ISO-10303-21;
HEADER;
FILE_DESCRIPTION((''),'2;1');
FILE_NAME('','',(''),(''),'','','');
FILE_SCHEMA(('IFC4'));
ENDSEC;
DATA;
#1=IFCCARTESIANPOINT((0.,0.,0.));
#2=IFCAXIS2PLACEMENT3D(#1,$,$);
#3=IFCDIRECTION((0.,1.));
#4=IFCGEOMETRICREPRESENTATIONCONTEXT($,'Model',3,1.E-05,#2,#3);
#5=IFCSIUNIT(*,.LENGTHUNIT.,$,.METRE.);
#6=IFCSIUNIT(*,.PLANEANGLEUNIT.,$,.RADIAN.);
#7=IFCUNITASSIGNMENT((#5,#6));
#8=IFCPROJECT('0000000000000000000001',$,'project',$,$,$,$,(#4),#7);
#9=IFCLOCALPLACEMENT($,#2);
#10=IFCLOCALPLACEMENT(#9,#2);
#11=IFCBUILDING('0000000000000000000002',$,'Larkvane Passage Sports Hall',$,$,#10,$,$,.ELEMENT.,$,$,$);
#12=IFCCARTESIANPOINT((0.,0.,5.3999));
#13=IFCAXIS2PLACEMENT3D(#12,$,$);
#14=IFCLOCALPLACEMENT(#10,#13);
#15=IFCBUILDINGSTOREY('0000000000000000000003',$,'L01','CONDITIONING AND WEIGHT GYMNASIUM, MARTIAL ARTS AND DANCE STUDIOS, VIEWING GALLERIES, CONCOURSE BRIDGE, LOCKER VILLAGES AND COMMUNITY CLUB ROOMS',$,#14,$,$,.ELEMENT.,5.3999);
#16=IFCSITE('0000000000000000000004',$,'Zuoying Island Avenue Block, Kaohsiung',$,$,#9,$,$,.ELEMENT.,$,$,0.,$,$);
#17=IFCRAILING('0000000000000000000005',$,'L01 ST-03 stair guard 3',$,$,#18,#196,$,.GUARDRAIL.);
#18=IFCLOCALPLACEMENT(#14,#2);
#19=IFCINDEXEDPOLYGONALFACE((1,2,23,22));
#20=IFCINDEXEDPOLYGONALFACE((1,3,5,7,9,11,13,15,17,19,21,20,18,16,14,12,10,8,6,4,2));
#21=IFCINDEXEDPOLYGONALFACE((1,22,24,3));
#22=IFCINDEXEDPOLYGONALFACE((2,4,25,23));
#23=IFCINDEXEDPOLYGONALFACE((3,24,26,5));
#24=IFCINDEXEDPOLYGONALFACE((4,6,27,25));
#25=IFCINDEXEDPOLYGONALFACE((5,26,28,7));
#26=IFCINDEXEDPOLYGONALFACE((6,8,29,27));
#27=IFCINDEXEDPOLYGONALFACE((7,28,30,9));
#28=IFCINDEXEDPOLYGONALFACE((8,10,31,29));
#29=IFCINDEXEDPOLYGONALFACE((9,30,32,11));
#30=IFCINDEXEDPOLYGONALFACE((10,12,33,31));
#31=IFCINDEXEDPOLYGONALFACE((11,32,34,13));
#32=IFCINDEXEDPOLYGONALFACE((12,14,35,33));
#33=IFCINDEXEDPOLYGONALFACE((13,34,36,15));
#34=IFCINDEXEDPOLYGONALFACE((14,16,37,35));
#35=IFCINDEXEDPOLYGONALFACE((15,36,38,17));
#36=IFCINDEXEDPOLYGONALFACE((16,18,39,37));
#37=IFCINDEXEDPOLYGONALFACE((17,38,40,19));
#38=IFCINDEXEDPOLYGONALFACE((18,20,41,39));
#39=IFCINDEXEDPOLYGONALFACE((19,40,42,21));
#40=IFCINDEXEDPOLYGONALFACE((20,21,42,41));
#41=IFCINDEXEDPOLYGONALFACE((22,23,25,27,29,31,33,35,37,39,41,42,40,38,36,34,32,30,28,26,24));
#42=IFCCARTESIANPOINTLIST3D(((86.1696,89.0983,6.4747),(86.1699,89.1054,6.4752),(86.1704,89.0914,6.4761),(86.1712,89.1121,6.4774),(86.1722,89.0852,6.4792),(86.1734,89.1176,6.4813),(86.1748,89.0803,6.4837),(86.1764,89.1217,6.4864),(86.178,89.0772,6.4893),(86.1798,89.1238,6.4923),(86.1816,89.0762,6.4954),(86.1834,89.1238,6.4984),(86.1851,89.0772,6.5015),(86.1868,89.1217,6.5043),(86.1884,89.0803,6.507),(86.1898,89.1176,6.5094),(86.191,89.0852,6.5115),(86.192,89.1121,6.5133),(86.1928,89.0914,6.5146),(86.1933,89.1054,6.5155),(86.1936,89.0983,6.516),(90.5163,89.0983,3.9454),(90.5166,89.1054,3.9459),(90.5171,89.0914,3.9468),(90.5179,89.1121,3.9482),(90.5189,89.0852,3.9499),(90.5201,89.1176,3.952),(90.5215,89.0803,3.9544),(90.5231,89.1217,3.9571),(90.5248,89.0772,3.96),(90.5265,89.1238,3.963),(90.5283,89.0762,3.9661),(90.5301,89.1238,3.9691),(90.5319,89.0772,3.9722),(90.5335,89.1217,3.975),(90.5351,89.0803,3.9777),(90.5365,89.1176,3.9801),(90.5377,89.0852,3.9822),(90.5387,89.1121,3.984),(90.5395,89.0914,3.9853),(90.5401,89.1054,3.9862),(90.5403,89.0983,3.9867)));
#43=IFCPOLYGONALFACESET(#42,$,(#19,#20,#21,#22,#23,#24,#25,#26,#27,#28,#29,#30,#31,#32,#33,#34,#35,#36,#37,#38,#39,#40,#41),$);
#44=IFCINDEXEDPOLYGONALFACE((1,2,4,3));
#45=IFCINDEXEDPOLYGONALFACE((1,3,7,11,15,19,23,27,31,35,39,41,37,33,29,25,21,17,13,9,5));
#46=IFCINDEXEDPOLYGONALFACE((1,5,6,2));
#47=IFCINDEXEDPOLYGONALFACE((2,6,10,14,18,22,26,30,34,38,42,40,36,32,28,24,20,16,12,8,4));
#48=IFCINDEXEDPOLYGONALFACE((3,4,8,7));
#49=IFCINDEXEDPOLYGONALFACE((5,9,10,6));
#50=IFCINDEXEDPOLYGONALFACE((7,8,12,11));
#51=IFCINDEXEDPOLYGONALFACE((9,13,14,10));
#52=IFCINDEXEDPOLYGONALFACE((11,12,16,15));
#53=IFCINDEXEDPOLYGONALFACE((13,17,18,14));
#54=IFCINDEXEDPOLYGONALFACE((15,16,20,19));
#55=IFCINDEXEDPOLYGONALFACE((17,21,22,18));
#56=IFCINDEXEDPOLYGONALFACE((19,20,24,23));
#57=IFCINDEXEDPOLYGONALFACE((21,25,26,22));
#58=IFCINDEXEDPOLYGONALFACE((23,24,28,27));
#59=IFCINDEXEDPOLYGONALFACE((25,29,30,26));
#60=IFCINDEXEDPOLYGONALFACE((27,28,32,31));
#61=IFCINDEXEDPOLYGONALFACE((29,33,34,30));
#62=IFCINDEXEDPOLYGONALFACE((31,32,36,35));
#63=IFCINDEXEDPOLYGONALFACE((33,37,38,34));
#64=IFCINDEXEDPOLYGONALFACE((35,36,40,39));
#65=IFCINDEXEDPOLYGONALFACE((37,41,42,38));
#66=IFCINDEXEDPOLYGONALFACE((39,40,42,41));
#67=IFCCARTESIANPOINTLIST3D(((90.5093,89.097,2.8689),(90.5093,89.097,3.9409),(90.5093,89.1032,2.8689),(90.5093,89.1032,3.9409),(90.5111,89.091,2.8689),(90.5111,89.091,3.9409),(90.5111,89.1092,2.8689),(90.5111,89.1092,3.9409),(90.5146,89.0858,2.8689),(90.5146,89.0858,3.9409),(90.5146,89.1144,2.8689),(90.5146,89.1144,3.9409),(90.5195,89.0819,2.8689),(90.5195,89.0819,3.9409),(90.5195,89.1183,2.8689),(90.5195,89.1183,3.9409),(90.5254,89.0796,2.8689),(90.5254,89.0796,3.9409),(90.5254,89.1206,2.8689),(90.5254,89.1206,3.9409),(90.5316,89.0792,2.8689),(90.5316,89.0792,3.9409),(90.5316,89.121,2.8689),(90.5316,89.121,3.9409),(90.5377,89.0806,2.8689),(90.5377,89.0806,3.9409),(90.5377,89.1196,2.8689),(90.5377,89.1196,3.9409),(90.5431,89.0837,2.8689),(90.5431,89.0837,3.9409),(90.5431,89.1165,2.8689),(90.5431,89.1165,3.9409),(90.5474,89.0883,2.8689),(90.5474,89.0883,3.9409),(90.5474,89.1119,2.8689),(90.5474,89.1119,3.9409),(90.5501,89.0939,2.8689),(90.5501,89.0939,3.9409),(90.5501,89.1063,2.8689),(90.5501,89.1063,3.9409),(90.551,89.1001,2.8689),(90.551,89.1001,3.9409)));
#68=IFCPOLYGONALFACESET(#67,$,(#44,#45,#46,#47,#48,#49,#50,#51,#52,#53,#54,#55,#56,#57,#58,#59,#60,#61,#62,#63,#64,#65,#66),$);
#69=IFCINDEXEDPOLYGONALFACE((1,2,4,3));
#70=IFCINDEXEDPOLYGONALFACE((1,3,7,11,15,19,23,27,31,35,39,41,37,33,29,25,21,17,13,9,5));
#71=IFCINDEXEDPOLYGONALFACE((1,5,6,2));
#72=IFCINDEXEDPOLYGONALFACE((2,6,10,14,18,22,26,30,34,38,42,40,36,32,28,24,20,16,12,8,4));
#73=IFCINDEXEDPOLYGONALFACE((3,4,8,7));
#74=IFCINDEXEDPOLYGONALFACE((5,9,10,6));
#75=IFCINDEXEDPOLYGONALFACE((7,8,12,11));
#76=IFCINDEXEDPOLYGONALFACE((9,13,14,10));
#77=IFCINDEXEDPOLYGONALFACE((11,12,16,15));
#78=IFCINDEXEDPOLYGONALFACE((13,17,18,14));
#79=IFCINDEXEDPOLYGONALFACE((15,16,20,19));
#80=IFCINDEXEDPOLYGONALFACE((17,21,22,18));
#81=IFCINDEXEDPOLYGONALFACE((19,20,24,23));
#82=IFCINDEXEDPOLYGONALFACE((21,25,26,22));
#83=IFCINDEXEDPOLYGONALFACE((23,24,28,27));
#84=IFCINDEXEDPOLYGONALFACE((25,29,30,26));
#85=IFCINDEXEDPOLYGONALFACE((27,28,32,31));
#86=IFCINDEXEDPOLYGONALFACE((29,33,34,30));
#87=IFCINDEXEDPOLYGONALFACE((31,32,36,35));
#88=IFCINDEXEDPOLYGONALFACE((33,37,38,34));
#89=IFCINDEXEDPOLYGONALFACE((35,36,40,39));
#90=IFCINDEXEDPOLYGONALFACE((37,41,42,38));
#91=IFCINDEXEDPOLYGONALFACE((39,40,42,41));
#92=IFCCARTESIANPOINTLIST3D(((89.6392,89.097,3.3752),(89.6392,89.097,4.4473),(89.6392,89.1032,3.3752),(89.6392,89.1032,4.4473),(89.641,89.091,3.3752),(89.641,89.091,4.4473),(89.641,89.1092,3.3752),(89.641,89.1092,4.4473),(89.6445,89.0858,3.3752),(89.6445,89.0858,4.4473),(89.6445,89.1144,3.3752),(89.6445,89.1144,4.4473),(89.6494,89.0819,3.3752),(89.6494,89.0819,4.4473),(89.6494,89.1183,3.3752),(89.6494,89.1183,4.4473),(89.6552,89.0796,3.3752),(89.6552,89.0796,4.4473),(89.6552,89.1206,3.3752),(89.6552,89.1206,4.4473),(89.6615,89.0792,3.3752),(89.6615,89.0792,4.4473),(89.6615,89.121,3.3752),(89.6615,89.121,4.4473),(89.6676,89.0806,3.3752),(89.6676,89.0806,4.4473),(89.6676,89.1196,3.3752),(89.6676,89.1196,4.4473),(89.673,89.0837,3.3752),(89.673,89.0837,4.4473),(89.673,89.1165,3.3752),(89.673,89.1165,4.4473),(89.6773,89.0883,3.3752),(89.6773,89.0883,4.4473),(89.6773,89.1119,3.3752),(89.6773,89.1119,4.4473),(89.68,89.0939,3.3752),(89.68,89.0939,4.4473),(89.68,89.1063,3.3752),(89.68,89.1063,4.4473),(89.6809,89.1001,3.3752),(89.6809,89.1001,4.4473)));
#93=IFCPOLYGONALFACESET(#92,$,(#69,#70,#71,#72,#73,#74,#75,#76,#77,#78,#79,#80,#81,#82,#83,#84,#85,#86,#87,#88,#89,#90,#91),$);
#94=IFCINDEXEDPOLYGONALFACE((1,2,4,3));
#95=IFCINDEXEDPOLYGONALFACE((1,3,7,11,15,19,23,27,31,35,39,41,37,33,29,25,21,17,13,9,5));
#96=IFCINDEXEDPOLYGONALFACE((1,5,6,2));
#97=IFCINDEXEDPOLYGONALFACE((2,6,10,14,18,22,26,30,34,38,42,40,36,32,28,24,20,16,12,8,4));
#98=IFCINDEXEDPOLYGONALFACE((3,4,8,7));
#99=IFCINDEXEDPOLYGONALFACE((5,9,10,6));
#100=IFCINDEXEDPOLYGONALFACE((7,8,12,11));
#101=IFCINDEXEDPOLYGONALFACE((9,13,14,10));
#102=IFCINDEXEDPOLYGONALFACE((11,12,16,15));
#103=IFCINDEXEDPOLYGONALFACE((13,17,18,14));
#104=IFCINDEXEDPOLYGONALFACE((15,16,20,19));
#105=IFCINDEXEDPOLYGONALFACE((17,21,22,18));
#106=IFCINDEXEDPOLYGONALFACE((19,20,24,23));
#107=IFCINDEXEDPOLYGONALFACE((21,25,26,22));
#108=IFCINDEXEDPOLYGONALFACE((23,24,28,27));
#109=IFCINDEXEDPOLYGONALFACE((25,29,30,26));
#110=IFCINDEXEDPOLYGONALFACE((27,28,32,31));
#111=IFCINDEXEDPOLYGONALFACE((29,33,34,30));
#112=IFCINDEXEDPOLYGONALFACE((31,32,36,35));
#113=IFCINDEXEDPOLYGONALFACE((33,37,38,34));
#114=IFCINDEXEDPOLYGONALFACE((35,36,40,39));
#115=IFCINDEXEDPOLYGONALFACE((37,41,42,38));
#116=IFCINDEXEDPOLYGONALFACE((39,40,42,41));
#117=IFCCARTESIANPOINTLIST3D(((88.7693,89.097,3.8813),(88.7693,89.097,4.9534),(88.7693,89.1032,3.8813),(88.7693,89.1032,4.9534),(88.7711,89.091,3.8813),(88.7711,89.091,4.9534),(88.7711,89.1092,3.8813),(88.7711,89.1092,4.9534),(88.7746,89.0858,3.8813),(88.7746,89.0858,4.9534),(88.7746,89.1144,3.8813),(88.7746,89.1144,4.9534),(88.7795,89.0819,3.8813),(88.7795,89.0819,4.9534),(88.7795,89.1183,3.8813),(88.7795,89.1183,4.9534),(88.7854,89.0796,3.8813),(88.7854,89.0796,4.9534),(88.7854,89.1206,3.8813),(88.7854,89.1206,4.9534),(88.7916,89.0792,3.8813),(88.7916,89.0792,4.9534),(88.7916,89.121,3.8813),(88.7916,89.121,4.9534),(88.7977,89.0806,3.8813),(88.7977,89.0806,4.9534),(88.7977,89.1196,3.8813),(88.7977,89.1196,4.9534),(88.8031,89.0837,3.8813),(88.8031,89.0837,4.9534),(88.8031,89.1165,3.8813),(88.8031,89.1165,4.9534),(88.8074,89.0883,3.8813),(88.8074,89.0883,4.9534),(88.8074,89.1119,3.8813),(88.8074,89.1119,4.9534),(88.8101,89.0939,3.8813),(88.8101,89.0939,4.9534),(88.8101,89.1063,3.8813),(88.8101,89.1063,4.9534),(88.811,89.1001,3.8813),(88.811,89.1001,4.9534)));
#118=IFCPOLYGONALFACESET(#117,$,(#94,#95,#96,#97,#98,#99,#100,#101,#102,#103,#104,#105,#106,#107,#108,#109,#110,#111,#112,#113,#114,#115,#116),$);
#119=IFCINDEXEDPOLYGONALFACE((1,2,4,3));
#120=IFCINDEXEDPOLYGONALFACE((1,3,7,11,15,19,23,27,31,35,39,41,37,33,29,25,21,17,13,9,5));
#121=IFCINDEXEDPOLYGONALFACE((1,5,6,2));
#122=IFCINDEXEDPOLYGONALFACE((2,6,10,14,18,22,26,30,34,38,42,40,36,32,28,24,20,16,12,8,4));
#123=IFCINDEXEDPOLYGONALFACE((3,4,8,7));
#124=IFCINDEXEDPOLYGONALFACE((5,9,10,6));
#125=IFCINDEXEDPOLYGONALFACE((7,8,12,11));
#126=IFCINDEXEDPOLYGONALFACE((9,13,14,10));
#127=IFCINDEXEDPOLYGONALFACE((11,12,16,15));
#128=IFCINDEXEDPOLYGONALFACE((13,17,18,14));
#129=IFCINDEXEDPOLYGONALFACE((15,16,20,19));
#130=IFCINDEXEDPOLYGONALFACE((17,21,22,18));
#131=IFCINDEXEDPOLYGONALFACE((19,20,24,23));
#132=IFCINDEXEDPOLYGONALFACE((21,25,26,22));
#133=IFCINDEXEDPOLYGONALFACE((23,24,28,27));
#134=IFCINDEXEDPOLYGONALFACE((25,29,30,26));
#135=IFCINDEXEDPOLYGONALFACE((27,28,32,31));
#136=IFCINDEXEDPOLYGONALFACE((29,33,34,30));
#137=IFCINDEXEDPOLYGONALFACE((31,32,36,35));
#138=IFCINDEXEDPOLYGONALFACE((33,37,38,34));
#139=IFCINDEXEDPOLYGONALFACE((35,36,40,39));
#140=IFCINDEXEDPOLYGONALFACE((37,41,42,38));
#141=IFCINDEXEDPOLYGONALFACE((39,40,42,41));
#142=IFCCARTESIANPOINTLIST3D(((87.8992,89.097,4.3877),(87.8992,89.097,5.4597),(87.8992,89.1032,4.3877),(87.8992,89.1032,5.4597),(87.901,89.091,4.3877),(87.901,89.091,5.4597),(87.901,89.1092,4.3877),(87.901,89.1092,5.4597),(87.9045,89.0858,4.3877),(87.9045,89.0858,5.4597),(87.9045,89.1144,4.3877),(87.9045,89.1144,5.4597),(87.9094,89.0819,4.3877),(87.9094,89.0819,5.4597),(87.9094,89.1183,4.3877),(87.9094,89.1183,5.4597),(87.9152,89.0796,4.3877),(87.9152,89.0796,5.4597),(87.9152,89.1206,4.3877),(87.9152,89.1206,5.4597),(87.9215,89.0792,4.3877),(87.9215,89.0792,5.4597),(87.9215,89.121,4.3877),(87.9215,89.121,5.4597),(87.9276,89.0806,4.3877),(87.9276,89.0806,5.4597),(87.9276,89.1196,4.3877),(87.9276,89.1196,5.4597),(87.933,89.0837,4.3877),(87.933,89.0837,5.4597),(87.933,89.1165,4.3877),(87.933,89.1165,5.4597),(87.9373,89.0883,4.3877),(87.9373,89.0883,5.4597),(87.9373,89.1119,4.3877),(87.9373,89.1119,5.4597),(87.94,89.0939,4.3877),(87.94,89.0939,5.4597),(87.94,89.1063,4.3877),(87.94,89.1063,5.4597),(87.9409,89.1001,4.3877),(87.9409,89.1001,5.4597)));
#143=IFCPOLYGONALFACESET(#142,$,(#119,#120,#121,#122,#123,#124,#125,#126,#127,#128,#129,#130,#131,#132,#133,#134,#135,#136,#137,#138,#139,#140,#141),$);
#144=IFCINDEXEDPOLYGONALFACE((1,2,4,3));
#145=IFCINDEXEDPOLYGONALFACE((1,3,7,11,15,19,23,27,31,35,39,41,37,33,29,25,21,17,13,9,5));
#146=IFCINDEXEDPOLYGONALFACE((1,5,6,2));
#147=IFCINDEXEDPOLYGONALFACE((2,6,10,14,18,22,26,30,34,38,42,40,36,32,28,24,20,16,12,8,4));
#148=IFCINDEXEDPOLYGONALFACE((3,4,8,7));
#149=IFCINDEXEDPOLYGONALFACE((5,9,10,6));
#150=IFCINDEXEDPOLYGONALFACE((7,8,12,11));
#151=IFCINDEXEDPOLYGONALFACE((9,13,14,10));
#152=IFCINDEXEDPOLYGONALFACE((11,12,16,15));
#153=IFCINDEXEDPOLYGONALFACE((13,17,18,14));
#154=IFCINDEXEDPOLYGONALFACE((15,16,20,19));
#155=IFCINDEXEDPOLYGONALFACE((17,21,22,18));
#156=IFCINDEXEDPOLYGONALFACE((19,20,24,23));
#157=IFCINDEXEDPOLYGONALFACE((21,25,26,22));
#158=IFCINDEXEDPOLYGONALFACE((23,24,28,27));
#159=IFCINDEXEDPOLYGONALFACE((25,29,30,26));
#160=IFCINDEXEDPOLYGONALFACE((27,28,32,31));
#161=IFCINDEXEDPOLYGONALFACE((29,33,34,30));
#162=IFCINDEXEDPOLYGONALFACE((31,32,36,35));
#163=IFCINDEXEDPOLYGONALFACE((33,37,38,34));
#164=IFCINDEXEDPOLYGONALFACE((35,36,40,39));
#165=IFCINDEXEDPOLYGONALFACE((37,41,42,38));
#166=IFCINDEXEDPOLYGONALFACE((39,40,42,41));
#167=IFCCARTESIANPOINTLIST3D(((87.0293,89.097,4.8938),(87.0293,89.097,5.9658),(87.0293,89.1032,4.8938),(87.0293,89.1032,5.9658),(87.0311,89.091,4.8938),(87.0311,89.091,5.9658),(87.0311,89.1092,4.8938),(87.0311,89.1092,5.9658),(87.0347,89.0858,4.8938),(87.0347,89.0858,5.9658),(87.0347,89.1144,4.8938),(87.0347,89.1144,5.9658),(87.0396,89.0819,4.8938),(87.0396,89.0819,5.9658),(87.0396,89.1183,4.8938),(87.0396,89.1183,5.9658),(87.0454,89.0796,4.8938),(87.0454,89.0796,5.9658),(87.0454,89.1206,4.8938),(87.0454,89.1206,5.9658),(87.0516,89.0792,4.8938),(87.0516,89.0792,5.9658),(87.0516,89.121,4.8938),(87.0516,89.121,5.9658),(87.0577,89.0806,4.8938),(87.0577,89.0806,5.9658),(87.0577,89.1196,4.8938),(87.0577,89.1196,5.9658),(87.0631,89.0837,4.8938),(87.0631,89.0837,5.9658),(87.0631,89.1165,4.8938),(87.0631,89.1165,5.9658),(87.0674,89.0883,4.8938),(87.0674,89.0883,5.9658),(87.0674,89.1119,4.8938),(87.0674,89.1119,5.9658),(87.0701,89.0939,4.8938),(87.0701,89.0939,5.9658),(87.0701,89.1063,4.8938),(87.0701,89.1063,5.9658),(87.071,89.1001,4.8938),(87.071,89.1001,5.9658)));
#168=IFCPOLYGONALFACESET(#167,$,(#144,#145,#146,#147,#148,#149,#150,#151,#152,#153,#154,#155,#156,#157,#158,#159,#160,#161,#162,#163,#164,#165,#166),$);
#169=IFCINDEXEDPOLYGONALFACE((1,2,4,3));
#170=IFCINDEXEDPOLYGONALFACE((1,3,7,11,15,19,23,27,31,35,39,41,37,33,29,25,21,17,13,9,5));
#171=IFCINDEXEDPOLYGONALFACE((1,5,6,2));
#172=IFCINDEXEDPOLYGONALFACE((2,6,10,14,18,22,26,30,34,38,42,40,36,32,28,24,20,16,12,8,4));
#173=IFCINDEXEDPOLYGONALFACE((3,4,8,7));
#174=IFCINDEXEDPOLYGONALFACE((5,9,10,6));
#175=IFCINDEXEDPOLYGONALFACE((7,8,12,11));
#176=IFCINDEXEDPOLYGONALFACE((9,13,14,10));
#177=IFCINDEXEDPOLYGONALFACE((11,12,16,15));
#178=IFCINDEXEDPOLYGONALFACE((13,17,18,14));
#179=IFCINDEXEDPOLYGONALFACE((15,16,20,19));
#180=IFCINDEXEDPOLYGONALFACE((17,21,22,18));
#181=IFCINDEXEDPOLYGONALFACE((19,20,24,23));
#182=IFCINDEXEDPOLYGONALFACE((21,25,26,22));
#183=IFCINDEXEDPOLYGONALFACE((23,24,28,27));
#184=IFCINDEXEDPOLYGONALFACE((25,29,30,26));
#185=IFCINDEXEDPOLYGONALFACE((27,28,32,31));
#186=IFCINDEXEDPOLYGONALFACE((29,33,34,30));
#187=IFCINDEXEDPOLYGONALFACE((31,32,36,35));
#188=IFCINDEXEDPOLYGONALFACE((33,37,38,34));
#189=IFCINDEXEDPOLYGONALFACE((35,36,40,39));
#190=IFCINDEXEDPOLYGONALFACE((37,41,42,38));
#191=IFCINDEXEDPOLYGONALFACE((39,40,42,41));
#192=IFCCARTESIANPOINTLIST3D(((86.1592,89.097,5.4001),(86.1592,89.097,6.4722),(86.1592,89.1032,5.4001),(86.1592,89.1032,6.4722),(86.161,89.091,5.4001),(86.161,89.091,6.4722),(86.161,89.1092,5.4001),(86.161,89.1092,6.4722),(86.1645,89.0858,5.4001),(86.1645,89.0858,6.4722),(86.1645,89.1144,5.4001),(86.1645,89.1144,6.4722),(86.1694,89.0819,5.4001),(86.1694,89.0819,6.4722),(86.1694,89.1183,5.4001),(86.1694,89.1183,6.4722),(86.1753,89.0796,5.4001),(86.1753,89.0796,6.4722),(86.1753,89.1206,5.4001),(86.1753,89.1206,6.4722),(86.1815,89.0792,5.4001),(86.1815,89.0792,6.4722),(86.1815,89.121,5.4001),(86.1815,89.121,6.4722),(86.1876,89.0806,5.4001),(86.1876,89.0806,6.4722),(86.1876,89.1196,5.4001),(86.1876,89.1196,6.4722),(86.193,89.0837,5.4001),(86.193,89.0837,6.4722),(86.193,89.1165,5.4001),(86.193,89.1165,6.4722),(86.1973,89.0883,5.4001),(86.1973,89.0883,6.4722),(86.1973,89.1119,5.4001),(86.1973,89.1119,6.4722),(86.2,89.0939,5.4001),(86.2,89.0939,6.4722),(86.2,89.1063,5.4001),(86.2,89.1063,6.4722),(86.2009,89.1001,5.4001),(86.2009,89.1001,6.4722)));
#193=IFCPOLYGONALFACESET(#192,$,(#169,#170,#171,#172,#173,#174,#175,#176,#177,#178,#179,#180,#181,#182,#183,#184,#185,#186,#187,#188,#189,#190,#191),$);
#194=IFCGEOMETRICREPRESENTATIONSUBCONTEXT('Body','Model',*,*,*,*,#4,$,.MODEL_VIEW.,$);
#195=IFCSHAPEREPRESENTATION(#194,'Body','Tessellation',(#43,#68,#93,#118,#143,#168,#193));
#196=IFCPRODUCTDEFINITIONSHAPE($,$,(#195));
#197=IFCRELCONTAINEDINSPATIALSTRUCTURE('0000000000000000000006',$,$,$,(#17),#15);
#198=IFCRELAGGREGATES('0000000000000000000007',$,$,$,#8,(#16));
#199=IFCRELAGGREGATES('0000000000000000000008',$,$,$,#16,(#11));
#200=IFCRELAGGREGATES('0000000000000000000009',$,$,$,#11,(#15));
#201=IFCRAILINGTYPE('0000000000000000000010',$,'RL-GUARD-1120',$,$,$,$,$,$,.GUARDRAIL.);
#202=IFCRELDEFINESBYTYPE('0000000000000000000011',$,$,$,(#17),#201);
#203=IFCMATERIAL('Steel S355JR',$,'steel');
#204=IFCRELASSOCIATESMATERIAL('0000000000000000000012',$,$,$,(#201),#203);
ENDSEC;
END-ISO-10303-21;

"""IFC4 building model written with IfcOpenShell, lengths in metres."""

from ifc_helpers import new_model, si_unit, direction, frame, origin, origin_2d, place, context, subcontext, project, spatial, circle, extrude, material, type_object, element, save


model = new_model("IFC4")

# Units and contexts
model_context = context("Model", 3, precision=1e-05, world=origin(), true_north=direction((0.0, 1.0)))
body_context = subcontext(model_context, "Body", "Model", "MODEL_VIEW")
ifc_project = project(units=[si_unit("LENGTHUNIT", "METRE"), si_unit("PLANEANGLEUNIT", "RADIAN")], contexts=[model_context])

# Site, building, storey
site_placement = place(None, origin())
site = spatial("IfcSite", under=ifc_project, at=site_placement, Name="Zuoying Island Avenue Block, Kaohsiung", CompositionType="ELEMENT", RefElevation=0.0)
building_placement = place(site_placement, origin())
building = spatial("IfcBuilding", under=site, at=building_placement, Name="Larkvane Passage Sports Hall", CompositionType="ELEMENT")
storey_placement = place(building_placement, frame((0.0, 0.0, 5.3999)))
storey = spatial("IfcBuildingStorey", under=building, at=storey_placement, Name="L01", Description="CONDITIONING AND WEIGHT GYMNASIUM, MARTIAL ARTS AND DANCE STUDIOS, VIEWING GALLERIES, CONCOURSE BRIDGE, LOCKER VILLAGES AND COMMUNITY CLUB ROOMS", CompositionType="ELEMENT", Elevation=5.3999)

# Shared definitions
ifc_material_1 = material(Name="Steel S355JR", Category="steel")

# Railing
railing_type_1 = type_object("IfcRailingType", Name="RL-GUARD-1120", PredefinedType="GUARDRAIL", material=ifc_material_1)
railing_1_placement = place(storey_placement, frame((90.53, 89.1001, 2.8689)))
element("IfcRailing", 1, at=railing_1_placement, inside=storey, type_object=railing_type_1, Name="L01 ST-03 stair guard 3", PredefinedType="GUARDRAIL", context=body_context, shape_type="SweptSolid", body=[
    extrude(circle(Radius=0.0239, at=origin_2d()), frame((-0.0017, 0.0, 1.0972), z_axis=(-0.864324, 0.0, 0.502936), x_axis=(0.0, -1.0, 0.0)), (0.0, 0.0, 1.0), 5.0291),
    extrude(circle(Radius=0.021, at=origin_2d()), origin(), (0.0, 0.0, 1.0), 1.072),
    extrude(circle(Radius=0.021, at=origin_2d()), frame((-0.8701, 0.0, 0.5063)), (0.0, 0.0, 1.0), 1.072),
    extrude(circle(Radius=0.021, at=origin_2d()), frame((-1.74, 0.0, 1.0125)), (0.0, 0.0, 1.0), 1.072),
    extrude(circle(Radius=0.021, at=origin_2d()), frame((-2.6101, 0.0, 1.5188)), (0.0, 0.0, 1.0), 1.072),
    extrude(circle(Radius=0.021, at=origin_2d()), frame((-3.48, 0.0, 2.0249)), (0.0, 0.0, 1.0), 1.072),
    extrude(circle(Radius=0.021, at=origin_2d()), frame((-4.3501, 0.0, 2.5312)), (0.0, 0.0, 1.0), 1.072),
])

save(model, "model.ifc")
